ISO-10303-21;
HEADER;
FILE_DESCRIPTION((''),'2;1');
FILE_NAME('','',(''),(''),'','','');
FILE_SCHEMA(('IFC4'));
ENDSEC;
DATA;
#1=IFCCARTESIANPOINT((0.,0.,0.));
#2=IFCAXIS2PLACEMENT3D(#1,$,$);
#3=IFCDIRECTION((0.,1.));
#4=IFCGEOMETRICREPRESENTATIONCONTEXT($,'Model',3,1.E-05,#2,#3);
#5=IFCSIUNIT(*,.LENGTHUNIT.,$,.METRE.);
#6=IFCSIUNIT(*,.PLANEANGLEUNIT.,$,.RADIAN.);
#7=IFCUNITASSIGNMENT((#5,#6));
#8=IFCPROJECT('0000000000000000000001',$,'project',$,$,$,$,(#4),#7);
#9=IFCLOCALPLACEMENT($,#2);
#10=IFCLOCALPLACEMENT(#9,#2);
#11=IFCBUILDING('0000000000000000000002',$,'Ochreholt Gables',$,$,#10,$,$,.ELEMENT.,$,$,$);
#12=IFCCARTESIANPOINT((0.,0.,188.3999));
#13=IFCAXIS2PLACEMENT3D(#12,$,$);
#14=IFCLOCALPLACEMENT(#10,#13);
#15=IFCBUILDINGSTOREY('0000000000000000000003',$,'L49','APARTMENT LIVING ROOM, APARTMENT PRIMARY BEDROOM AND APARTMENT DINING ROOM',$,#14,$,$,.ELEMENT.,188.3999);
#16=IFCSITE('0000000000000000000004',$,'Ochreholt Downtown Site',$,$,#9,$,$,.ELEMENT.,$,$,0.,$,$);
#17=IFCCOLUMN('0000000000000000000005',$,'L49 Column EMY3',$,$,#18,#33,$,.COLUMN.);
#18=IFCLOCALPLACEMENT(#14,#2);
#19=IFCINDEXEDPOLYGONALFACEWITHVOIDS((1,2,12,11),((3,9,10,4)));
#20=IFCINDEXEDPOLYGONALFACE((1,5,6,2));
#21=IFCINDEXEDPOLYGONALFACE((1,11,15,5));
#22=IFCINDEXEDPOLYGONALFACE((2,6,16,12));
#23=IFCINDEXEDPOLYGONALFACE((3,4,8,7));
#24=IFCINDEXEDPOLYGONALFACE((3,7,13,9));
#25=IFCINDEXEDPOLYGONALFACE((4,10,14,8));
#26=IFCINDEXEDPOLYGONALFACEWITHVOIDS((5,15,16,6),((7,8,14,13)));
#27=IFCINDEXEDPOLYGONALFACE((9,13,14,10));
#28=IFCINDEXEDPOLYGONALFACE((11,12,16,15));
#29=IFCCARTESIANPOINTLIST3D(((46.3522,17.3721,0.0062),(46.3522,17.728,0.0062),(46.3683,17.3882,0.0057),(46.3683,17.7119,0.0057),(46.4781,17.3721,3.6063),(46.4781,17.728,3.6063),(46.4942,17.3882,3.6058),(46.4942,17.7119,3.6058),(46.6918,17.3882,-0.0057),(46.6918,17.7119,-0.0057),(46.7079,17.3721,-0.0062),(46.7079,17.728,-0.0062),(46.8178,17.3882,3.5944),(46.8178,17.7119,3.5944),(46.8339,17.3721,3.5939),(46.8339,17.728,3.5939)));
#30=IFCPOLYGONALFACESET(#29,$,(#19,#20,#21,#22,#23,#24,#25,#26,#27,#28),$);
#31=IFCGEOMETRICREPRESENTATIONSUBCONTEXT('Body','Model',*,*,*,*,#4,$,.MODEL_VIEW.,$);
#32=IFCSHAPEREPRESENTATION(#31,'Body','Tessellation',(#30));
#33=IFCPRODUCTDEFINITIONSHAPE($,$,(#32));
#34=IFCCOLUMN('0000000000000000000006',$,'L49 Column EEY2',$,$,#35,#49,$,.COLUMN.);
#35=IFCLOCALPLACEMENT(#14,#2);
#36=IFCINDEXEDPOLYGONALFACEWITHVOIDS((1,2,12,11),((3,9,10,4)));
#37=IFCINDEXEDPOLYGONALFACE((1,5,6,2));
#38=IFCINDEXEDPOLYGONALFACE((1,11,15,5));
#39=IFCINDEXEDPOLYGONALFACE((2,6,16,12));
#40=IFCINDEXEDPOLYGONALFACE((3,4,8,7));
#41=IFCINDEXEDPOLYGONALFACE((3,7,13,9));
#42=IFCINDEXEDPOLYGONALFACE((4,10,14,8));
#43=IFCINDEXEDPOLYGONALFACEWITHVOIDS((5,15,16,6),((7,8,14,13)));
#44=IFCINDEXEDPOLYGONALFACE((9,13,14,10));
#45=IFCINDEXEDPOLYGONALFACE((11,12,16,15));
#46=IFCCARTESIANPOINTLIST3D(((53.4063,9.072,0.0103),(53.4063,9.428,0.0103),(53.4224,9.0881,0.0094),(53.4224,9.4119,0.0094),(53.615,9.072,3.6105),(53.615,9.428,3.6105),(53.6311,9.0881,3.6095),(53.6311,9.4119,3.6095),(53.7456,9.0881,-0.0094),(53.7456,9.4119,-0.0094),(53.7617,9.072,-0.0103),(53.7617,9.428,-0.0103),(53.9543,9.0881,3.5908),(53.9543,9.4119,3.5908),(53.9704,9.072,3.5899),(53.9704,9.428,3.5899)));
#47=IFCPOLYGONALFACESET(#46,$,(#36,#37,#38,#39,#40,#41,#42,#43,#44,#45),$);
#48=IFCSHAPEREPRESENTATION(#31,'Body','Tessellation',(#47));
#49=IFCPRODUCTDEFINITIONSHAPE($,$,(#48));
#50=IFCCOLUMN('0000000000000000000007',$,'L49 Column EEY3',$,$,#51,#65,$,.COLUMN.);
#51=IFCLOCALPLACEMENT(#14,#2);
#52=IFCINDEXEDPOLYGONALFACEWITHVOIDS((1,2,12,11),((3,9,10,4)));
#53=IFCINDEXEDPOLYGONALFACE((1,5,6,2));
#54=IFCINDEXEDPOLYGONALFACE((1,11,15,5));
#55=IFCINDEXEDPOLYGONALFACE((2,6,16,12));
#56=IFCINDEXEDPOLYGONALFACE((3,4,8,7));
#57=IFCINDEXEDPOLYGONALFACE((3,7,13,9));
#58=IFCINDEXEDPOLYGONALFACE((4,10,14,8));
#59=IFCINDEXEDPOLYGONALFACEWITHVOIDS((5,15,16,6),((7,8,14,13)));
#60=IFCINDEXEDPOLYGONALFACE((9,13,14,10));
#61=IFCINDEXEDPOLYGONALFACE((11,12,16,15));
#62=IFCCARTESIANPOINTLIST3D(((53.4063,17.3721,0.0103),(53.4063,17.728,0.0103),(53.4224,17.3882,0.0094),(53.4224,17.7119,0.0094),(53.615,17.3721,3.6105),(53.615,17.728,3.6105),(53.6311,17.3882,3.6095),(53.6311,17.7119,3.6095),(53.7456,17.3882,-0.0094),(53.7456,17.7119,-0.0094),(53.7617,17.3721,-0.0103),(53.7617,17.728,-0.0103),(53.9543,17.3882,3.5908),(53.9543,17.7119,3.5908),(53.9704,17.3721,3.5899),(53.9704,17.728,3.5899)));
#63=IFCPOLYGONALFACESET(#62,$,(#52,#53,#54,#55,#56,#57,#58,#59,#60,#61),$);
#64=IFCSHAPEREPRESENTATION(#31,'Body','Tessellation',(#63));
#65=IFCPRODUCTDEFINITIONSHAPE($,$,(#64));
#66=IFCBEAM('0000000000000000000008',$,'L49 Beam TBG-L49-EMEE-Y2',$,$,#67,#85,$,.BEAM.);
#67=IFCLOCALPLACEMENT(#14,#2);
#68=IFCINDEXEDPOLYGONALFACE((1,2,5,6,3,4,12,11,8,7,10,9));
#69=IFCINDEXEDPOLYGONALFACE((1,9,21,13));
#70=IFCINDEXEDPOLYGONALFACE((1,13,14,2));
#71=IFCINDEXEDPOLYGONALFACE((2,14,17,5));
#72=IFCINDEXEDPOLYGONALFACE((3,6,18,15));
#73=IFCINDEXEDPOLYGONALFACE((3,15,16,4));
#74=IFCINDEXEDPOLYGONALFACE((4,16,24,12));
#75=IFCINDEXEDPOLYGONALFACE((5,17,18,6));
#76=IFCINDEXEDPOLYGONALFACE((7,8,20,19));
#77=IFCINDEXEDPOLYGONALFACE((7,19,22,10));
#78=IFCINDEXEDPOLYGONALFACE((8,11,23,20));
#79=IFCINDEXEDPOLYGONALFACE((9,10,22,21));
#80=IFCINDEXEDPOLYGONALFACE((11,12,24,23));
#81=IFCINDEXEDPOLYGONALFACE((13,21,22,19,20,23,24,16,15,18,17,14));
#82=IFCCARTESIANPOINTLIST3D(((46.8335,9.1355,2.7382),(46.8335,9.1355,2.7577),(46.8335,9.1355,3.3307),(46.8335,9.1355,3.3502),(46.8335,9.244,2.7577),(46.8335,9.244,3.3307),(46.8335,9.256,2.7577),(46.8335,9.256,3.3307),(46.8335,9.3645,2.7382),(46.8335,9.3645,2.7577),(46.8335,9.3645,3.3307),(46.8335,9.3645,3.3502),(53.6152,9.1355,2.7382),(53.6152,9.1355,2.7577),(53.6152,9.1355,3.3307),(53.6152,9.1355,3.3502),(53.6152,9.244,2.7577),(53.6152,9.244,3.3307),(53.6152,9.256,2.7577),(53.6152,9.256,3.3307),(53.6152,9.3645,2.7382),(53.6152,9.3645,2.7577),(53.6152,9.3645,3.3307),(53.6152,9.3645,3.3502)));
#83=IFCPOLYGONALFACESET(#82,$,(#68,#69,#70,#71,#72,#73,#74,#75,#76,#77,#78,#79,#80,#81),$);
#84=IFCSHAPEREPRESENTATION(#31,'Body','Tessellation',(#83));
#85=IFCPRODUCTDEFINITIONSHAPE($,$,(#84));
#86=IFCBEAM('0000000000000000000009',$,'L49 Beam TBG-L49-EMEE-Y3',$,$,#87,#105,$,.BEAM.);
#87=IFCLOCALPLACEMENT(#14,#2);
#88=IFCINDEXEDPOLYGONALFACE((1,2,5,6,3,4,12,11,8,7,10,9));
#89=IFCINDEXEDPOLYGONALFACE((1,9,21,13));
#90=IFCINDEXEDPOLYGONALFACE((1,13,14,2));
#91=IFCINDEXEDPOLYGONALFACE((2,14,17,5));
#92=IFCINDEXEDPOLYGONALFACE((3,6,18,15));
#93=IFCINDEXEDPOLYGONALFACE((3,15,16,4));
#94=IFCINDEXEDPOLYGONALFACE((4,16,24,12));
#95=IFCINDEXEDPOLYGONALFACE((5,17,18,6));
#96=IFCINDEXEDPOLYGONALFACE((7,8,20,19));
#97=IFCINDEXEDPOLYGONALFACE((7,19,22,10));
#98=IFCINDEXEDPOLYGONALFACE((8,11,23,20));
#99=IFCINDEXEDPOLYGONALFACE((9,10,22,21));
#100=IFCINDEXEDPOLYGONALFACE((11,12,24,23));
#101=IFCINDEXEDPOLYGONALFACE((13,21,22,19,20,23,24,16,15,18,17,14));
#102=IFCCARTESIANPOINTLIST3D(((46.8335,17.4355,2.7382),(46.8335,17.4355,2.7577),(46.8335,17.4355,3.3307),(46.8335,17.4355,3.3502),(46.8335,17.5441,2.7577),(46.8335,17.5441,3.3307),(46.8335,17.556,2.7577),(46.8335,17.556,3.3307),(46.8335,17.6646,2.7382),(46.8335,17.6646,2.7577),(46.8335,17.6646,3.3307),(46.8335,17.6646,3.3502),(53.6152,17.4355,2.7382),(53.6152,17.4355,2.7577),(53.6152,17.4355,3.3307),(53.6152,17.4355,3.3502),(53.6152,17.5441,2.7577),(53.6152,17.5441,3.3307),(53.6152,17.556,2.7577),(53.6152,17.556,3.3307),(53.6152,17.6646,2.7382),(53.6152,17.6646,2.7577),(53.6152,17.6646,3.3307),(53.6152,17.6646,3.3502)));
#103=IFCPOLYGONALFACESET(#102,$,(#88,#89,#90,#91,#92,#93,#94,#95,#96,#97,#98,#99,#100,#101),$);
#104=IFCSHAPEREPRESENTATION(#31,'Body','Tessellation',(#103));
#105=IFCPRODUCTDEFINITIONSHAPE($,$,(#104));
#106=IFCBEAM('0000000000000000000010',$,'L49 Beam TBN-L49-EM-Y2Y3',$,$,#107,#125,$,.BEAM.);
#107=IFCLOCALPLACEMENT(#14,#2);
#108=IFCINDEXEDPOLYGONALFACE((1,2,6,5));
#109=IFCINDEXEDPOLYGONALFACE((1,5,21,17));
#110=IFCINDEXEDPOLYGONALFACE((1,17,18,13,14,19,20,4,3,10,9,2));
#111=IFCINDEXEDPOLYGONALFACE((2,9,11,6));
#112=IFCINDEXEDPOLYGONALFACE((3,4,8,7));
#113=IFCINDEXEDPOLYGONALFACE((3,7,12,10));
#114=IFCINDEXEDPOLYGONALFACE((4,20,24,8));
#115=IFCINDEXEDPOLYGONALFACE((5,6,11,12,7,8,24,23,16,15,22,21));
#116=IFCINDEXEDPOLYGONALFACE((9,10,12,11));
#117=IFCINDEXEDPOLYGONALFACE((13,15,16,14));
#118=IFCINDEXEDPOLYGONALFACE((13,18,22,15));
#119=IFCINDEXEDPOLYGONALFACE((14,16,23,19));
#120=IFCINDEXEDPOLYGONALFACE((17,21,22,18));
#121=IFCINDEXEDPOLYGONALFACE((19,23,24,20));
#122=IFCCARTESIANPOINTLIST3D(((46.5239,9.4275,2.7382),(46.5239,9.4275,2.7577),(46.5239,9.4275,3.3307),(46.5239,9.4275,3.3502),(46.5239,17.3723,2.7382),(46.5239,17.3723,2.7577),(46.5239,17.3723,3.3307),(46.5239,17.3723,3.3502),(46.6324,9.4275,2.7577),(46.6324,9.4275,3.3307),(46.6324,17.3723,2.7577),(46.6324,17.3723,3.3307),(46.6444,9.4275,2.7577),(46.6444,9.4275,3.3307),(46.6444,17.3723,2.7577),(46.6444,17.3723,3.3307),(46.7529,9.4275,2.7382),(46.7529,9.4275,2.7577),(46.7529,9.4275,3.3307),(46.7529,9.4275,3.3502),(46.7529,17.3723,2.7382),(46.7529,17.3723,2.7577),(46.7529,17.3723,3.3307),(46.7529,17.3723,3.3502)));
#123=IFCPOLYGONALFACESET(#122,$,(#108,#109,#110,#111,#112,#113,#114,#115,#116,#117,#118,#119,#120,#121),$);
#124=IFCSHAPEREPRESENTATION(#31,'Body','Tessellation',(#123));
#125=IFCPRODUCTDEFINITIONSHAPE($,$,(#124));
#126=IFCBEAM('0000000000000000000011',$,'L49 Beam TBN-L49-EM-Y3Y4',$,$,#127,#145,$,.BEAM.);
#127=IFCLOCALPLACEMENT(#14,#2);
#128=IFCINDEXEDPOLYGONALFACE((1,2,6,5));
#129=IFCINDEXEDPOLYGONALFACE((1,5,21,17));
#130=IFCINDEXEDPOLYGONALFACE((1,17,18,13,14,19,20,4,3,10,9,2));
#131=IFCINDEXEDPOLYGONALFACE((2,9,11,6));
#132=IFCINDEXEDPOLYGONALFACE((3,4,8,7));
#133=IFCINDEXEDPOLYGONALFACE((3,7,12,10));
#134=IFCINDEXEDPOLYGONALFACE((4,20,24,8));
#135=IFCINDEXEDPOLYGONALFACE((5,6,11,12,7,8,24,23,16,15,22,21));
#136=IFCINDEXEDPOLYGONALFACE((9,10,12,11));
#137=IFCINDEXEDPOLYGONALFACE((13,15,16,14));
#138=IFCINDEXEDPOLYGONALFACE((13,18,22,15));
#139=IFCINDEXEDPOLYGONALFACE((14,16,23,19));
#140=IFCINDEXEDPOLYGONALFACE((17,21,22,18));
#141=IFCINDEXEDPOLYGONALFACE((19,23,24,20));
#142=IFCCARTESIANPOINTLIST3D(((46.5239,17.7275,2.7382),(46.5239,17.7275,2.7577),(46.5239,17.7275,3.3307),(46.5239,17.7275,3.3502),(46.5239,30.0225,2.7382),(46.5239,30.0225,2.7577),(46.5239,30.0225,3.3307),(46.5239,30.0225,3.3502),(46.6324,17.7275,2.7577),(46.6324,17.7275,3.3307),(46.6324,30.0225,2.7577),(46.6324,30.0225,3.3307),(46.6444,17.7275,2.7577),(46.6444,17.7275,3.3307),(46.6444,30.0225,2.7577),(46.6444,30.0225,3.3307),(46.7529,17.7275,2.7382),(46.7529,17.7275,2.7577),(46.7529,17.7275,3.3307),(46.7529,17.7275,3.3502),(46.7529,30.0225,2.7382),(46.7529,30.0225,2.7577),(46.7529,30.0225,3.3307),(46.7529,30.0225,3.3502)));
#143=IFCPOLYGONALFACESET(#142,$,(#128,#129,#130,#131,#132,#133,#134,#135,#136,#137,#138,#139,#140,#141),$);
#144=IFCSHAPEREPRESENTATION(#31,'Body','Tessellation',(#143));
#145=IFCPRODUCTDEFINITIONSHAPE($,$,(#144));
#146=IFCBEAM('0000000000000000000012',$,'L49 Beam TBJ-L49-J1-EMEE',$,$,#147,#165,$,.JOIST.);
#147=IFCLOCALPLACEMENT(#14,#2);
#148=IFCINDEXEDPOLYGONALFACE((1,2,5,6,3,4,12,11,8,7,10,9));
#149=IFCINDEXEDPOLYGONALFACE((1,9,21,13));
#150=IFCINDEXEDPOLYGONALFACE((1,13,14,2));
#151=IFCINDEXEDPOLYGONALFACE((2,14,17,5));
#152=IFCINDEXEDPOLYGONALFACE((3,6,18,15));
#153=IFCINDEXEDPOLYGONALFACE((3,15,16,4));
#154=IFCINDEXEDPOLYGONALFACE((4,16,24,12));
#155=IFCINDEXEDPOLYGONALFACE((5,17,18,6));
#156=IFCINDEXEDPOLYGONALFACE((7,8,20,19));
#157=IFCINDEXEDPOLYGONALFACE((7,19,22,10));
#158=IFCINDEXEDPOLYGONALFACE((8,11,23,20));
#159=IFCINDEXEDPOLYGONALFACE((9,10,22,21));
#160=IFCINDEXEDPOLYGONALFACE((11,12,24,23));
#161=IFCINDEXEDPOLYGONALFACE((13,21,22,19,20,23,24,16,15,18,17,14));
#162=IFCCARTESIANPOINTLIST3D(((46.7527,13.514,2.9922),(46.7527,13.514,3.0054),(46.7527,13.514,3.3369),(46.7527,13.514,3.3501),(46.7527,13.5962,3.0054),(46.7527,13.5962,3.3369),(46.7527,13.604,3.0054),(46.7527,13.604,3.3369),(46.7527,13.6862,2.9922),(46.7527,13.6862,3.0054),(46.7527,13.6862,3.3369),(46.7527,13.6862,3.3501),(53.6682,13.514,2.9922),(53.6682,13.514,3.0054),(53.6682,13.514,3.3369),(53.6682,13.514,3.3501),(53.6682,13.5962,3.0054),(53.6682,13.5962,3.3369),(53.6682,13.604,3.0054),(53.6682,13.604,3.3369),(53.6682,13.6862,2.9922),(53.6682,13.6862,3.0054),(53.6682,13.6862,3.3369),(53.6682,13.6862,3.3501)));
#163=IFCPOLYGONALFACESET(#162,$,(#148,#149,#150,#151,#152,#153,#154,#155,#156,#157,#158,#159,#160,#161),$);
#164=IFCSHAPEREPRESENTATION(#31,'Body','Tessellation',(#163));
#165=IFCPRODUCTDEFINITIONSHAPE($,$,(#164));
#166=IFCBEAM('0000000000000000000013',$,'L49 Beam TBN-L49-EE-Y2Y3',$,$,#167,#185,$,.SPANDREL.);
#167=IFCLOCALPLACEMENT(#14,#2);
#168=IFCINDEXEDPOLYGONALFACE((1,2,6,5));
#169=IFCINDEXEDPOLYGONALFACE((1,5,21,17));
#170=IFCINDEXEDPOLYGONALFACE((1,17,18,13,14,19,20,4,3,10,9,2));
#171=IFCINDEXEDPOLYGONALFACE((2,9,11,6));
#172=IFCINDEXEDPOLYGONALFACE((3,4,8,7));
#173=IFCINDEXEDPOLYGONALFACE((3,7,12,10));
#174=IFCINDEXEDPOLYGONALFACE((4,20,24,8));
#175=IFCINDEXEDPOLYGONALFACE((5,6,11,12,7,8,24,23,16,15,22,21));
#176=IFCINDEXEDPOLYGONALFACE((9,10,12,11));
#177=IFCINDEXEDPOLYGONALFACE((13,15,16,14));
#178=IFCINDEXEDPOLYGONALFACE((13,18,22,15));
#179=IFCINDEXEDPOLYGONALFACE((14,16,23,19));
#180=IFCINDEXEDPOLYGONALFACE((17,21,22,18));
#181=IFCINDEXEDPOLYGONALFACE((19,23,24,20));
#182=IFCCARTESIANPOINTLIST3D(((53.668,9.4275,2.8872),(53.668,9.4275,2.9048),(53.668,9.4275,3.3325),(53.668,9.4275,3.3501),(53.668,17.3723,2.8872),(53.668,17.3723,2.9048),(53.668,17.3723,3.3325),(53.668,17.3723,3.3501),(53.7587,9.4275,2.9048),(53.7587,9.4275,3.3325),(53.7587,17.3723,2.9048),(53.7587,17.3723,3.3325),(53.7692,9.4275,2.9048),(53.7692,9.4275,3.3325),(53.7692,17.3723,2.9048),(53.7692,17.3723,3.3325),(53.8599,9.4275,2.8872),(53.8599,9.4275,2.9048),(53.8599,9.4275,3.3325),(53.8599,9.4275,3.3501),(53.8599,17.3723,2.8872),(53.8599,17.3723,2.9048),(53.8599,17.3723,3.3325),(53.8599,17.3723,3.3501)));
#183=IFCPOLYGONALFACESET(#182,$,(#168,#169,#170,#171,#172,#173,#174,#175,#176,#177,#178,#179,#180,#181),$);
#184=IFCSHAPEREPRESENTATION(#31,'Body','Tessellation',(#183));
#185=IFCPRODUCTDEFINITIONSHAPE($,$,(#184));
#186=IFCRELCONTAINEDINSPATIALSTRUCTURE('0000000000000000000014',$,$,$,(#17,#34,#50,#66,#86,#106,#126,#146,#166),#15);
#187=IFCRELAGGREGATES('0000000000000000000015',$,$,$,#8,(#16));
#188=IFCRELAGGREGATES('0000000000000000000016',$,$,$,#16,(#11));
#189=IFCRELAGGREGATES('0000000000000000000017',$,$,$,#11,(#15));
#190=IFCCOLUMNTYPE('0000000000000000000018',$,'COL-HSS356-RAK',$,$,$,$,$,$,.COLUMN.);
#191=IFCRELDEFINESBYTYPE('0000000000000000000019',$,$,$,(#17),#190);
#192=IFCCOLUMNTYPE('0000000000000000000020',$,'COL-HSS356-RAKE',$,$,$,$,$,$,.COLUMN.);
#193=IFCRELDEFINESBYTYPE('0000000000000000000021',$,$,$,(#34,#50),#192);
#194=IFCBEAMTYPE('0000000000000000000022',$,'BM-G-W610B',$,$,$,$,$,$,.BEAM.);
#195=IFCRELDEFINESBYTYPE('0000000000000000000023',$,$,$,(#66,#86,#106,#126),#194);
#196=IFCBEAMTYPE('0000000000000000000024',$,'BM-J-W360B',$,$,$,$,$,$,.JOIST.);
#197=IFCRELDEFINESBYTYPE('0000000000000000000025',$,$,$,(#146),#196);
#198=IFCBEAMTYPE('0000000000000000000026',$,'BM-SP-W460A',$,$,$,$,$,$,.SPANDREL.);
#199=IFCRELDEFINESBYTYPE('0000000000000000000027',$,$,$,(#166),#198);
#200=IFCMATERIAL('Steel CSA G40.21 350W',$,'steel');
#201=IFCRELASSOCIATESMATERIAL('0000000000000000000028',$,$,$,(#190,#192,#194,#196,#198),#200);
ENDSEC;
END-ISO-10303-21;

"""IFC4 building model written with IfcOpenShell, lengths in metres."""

from ifc_helpers import new_model, si_unit, direction, frame, origin, origin_2d, place, context, subcontext, project, spatial, hollow_rectangle, i_section, extrude, material, material_profile, profile_set, type_object, element, save


model = new_model("IFC4")

# Units and contexts
model_context = context("Model", 3, precision=1e-05, world=origin(), true_north=direction((0.0, 1.0)))
body_context = subcontext(model_context, "Body", "Model", "MODEL_VIEW")
ifc_project = project(units=[si_unit("LENGTHUNIT", "METRE"), si_unit("PLANEANGLEUNIT", "RADIAN")], contexts=[model_context])

# Site, building, storey
site_placement = place(None, origin())
site = spatial("IfcSite", under=ifc_project, at=site_placement, Name="Ochreholt Downtown Site", CompositionType="ELEMENT", RefElevation=0.0)
building_placement = place(site_placement, origin())
building = spatial("IfcBuilding", under=site, at=building_placement, Name="Ochreholt Gables", CompositionType="ELEMENT")
storey_placement = place(building_placement, frame((0.0, 0.0, 188.3999)))
storey = spatial("IfcBuildingStorey", under=building, at=storey_placement, Name="L49", Description="APARTMENT LIVING ROOM, APARTMENT PRIMARY BEDROOM AND APARTMENT DINING ROOM", CompositionType="ELEMENT", Elevation=188.3999)

# Columns
ifc_material_1 = material(Name="Steel CSA G40.21 350W", Category="steel")
ifc_material_profile_1 = material_profile(ifc_material_1, hollow_rectangle(XDim=0.356, YDim=0.356, WallThickness=0.0161, at=origin_2d()), Name="HSS356X356X16")
ifc_profile_set_1 = profile_set([ifc_material_profile_1], Name="Steel CSA G40.21 350W")
column_type_1 = type_object("IfcColumnType", Name="COL-HSS356-RAK", PredefinedType="COLUMN", material=ifc_profile_set_1)
column_placement = place(storey_placement, frame((46.53, 17.55, 0.0), z_axis=(0.034971, 0.0, 0.999388), x_axis=(0.0, 1.0, 0.0)))
element("IfcColumn", 1, at=column_placement, inside=storey, type_object=column_type_1, Name="L49 Column EMY3", PredefinedType="COLUMN", context=body_context, shape_type="SweptSolid", body=[
    extrude(hollow_rectangle(XDim=0.356, YDim=0.356, WallThickness=0.0161, at=origin_2d()), origin(), (0.0, 0.0, 1.0), 3.6023),
])
ifc_material_profile_2 = material_profile(ifc_material_1, hollow_rectangle(XDim=0.356, YDim=0.356, WallThickness=0.0161, at=origin_2d()), Name="HSS356X356X16")
ifc_profile_set_2 = profile_set([ifc_material_profile_2], Name="Steel CSA G40.21 350W")
column_type_2 = type_object("IfcColumnType", Name="COL-HSS356-RAKE", PredefinedType="COLUMN", material=ifc_profile_set_2)
for number, where, z_axis, x_axis, name in (
    (2, (53.584, 9.25, 0.0), (0.057885, 0.0, 0.998323), (0.0, 1.0, 0.0), "L49 Column EEY2"),
    (3, (53.584, 17.55, 0.0), (0.057885, 0.0, 0.998323), (0.0, 1.0, 0.0), "L49 Column EEY3"),
):
    element("IfcColumn", number, at=place(storey_placement, frame(where, z_axis=z_axis, x_axis=x_axis)), inside=storey, type_object=column_type_2, Name=name, PredefinedType="COLUMN", context=body_context, shape_type="SweptSolid", body=[
        extrude(hollow_rectangle(XDim=0.356, YDim=0.356, WallThickness=0.0161, at=origin_2d()), origin(), (0.0, 0.0, 1.0), 3.6062),
    ])

# Beams
ifc_material_profile_3 = material_profile(ifc_material_1, i_section(OverallWidth=0.229, OverallDepth=0.6121, WebThickness=0.012, FlangeThickness=0.0195, at=origin_2d()), Name="W610X125")
ifc_profile_set_3 = profile_set([ifc_material_profile_3], Name="Steel CSA G40.21 350W")
beam_type_1 = type_object("IfcBeamType", Name="BM-G-W610B", PredefinedType="BEAM", material=ifc_profile_set_3)
for number, where, z_axis, x_axis, name in (
    (4, (46.8335, 9.25, 3.0442), (1.0, 0.0, 0.0), (0.0, 1.0, 0.0), "L49 Beam TBG-L49-EMEE-Y2"),
    (5, (46.8335, 17.55, 3.0442), (1.0, 0.0, 0.0), (0.0, 1.0, 0.0), "L49 Beam TBG-L49-EMEE-Y3"),
):
    element("IfcBeam", number, at=place(storey_placement, frame(where, z_axis=z_axis, x_axis=x_axis)), inside=storey, type_object=beam_type_1, Name=name, PredefinedType="BEAM", context=body_context, shape_type="SweptSolid", body=[
        extrude(i_section(OverallWidth=0.229, OverallDepth=0.6121, WebThickness=0.012, FlangeThickness=0.0195, at=origin_2d()), origin(), (0.0, 0.0, 1.0), 6.7817),
    ])
beam_1_placement = place(storey_placement, frame((46.6384, 9.4275, 3.0442), z_axis=(0.0, 1.0, 0.0), x_axis=(-1.0, 0.0, 0.0)))
element("IfcBeam", 6, at=beam_1_placement, inside=storey, type_object=beam_type_1, Name="L49 Beam TBN-L49-EM-Y2Y3", PredefinedType="BEAM", context=body_context, shape_type="SweptSolid", body=[
    extrude(i_section(OverallWidth=0.229, OverallDepth=0.6121, WebThickness=0.012, FlangeThickness=0.0195, at=origin_2d()), origin(), (0.0, 0.0, 1.0), 7.9448),
])
beam_2_placement = place(storey_placement, frame((46.6384, 17.7275, 3.0442), z_axis=(0.0, 1.0, 0.0), x_axis=(-1.0, 0.0, 0.0)))
element("IfcBeam", 7, at=beam_2_placement, inside=storey, type_object=beam_type_1, Name="L49 Beam TBN-L49-EM-Y3Y4", PredefinedType="BEAM", context=body_context, shape_type="SweptSolid", body=[
    extrude(i_section(OverallWidth=0.229, OverallDepth=0.6121, WebThickness=0.012, FlangeThickness=0.0195, at=origin_2d()), origin(), (0.0, 0.0, 1.0), 12.2949),
])
ifc_material_profile_4 = material_profile(ifc_material_1, i_section(OverallWidth=0.1721, OverallDepth=0.3579, WebThickness=0.0078, FlangeThickness=0.0132, at=origin_2d()), Name="W360X57")
ifc_profile_set_4 = profile_set([ifc_material_profile_4], Name="Steel CSA G40.21 350W")
beam_type_2 = type_object("IfcBeamType", Name="BM-J-W360B", PredefinedType="JOIST", material=ifc_profile_set_4)
beam_3_placement = place(storey_placement, frame((46.7527, 13.6001, 3.1711), z_axis=(1.0, 0.0, 0.0), x_axis=(0.0, 1.0, 0.0)))
element("IfcBeam", 8, at=beam_3_placement, inside=storey, type_object=beam_type_2, Name="L49 Beam TBJ-L49-J1-EMEE", PredefinedType="JOIST", context=body_context, shape_type="SweptSolid", body=[
    extrude(i_section(OverallWidth=0.1721, OverallDepth=0.3579, WebThickness=0.0078, FlangeThickness=0.0132, at=origin_2d()), origin(), (0.0, 0.0, 1.0), 6.9155),
])
ifc_material_profile_5 = material_profile(ifc_material_1, i_section(OverallWidth=0.1919, OverallDepth=0.4629, WebThickness=0.0105, FlangeThickness=0.0176, at=origin_2d()), Name="W460X89")
ifc_profile_set_5 = profile_set([ifc_material_profile_5], Name="Steel CSA G40.21 350W")
beam_type_3 = type_object("IfcBeamType", Name="BM-SP-W460A", PredefinedType="SPANDREL", material=ifc_profile_set_5)
beam_4_placement = place(storey_placement, frame((53.7639, 9.4275, 3.1187), z_axis=(0.0, 1.0, 0.0), x_axis=(-1.0, 0.0, 0.0)))
element("IfcBeam", 9, at=beam_4_placement, inside=storey, type_object=beam_type_3, Name="L49 Beam TBN-L49-EE-Y2Y3", PredefinedType="SPANDREL", context=body_context, shape_type="SweptSolid", body=[
    extrude(i_section(OverallWidth=0.1919, OverallDepth=0.4629, WebThickness=0.0105, FlangeThickness=0.0176, at=origin_2d()), origin(), (0.0, 0.0, 1.0), 7.9448),
])

save(model, "model.ifc")
